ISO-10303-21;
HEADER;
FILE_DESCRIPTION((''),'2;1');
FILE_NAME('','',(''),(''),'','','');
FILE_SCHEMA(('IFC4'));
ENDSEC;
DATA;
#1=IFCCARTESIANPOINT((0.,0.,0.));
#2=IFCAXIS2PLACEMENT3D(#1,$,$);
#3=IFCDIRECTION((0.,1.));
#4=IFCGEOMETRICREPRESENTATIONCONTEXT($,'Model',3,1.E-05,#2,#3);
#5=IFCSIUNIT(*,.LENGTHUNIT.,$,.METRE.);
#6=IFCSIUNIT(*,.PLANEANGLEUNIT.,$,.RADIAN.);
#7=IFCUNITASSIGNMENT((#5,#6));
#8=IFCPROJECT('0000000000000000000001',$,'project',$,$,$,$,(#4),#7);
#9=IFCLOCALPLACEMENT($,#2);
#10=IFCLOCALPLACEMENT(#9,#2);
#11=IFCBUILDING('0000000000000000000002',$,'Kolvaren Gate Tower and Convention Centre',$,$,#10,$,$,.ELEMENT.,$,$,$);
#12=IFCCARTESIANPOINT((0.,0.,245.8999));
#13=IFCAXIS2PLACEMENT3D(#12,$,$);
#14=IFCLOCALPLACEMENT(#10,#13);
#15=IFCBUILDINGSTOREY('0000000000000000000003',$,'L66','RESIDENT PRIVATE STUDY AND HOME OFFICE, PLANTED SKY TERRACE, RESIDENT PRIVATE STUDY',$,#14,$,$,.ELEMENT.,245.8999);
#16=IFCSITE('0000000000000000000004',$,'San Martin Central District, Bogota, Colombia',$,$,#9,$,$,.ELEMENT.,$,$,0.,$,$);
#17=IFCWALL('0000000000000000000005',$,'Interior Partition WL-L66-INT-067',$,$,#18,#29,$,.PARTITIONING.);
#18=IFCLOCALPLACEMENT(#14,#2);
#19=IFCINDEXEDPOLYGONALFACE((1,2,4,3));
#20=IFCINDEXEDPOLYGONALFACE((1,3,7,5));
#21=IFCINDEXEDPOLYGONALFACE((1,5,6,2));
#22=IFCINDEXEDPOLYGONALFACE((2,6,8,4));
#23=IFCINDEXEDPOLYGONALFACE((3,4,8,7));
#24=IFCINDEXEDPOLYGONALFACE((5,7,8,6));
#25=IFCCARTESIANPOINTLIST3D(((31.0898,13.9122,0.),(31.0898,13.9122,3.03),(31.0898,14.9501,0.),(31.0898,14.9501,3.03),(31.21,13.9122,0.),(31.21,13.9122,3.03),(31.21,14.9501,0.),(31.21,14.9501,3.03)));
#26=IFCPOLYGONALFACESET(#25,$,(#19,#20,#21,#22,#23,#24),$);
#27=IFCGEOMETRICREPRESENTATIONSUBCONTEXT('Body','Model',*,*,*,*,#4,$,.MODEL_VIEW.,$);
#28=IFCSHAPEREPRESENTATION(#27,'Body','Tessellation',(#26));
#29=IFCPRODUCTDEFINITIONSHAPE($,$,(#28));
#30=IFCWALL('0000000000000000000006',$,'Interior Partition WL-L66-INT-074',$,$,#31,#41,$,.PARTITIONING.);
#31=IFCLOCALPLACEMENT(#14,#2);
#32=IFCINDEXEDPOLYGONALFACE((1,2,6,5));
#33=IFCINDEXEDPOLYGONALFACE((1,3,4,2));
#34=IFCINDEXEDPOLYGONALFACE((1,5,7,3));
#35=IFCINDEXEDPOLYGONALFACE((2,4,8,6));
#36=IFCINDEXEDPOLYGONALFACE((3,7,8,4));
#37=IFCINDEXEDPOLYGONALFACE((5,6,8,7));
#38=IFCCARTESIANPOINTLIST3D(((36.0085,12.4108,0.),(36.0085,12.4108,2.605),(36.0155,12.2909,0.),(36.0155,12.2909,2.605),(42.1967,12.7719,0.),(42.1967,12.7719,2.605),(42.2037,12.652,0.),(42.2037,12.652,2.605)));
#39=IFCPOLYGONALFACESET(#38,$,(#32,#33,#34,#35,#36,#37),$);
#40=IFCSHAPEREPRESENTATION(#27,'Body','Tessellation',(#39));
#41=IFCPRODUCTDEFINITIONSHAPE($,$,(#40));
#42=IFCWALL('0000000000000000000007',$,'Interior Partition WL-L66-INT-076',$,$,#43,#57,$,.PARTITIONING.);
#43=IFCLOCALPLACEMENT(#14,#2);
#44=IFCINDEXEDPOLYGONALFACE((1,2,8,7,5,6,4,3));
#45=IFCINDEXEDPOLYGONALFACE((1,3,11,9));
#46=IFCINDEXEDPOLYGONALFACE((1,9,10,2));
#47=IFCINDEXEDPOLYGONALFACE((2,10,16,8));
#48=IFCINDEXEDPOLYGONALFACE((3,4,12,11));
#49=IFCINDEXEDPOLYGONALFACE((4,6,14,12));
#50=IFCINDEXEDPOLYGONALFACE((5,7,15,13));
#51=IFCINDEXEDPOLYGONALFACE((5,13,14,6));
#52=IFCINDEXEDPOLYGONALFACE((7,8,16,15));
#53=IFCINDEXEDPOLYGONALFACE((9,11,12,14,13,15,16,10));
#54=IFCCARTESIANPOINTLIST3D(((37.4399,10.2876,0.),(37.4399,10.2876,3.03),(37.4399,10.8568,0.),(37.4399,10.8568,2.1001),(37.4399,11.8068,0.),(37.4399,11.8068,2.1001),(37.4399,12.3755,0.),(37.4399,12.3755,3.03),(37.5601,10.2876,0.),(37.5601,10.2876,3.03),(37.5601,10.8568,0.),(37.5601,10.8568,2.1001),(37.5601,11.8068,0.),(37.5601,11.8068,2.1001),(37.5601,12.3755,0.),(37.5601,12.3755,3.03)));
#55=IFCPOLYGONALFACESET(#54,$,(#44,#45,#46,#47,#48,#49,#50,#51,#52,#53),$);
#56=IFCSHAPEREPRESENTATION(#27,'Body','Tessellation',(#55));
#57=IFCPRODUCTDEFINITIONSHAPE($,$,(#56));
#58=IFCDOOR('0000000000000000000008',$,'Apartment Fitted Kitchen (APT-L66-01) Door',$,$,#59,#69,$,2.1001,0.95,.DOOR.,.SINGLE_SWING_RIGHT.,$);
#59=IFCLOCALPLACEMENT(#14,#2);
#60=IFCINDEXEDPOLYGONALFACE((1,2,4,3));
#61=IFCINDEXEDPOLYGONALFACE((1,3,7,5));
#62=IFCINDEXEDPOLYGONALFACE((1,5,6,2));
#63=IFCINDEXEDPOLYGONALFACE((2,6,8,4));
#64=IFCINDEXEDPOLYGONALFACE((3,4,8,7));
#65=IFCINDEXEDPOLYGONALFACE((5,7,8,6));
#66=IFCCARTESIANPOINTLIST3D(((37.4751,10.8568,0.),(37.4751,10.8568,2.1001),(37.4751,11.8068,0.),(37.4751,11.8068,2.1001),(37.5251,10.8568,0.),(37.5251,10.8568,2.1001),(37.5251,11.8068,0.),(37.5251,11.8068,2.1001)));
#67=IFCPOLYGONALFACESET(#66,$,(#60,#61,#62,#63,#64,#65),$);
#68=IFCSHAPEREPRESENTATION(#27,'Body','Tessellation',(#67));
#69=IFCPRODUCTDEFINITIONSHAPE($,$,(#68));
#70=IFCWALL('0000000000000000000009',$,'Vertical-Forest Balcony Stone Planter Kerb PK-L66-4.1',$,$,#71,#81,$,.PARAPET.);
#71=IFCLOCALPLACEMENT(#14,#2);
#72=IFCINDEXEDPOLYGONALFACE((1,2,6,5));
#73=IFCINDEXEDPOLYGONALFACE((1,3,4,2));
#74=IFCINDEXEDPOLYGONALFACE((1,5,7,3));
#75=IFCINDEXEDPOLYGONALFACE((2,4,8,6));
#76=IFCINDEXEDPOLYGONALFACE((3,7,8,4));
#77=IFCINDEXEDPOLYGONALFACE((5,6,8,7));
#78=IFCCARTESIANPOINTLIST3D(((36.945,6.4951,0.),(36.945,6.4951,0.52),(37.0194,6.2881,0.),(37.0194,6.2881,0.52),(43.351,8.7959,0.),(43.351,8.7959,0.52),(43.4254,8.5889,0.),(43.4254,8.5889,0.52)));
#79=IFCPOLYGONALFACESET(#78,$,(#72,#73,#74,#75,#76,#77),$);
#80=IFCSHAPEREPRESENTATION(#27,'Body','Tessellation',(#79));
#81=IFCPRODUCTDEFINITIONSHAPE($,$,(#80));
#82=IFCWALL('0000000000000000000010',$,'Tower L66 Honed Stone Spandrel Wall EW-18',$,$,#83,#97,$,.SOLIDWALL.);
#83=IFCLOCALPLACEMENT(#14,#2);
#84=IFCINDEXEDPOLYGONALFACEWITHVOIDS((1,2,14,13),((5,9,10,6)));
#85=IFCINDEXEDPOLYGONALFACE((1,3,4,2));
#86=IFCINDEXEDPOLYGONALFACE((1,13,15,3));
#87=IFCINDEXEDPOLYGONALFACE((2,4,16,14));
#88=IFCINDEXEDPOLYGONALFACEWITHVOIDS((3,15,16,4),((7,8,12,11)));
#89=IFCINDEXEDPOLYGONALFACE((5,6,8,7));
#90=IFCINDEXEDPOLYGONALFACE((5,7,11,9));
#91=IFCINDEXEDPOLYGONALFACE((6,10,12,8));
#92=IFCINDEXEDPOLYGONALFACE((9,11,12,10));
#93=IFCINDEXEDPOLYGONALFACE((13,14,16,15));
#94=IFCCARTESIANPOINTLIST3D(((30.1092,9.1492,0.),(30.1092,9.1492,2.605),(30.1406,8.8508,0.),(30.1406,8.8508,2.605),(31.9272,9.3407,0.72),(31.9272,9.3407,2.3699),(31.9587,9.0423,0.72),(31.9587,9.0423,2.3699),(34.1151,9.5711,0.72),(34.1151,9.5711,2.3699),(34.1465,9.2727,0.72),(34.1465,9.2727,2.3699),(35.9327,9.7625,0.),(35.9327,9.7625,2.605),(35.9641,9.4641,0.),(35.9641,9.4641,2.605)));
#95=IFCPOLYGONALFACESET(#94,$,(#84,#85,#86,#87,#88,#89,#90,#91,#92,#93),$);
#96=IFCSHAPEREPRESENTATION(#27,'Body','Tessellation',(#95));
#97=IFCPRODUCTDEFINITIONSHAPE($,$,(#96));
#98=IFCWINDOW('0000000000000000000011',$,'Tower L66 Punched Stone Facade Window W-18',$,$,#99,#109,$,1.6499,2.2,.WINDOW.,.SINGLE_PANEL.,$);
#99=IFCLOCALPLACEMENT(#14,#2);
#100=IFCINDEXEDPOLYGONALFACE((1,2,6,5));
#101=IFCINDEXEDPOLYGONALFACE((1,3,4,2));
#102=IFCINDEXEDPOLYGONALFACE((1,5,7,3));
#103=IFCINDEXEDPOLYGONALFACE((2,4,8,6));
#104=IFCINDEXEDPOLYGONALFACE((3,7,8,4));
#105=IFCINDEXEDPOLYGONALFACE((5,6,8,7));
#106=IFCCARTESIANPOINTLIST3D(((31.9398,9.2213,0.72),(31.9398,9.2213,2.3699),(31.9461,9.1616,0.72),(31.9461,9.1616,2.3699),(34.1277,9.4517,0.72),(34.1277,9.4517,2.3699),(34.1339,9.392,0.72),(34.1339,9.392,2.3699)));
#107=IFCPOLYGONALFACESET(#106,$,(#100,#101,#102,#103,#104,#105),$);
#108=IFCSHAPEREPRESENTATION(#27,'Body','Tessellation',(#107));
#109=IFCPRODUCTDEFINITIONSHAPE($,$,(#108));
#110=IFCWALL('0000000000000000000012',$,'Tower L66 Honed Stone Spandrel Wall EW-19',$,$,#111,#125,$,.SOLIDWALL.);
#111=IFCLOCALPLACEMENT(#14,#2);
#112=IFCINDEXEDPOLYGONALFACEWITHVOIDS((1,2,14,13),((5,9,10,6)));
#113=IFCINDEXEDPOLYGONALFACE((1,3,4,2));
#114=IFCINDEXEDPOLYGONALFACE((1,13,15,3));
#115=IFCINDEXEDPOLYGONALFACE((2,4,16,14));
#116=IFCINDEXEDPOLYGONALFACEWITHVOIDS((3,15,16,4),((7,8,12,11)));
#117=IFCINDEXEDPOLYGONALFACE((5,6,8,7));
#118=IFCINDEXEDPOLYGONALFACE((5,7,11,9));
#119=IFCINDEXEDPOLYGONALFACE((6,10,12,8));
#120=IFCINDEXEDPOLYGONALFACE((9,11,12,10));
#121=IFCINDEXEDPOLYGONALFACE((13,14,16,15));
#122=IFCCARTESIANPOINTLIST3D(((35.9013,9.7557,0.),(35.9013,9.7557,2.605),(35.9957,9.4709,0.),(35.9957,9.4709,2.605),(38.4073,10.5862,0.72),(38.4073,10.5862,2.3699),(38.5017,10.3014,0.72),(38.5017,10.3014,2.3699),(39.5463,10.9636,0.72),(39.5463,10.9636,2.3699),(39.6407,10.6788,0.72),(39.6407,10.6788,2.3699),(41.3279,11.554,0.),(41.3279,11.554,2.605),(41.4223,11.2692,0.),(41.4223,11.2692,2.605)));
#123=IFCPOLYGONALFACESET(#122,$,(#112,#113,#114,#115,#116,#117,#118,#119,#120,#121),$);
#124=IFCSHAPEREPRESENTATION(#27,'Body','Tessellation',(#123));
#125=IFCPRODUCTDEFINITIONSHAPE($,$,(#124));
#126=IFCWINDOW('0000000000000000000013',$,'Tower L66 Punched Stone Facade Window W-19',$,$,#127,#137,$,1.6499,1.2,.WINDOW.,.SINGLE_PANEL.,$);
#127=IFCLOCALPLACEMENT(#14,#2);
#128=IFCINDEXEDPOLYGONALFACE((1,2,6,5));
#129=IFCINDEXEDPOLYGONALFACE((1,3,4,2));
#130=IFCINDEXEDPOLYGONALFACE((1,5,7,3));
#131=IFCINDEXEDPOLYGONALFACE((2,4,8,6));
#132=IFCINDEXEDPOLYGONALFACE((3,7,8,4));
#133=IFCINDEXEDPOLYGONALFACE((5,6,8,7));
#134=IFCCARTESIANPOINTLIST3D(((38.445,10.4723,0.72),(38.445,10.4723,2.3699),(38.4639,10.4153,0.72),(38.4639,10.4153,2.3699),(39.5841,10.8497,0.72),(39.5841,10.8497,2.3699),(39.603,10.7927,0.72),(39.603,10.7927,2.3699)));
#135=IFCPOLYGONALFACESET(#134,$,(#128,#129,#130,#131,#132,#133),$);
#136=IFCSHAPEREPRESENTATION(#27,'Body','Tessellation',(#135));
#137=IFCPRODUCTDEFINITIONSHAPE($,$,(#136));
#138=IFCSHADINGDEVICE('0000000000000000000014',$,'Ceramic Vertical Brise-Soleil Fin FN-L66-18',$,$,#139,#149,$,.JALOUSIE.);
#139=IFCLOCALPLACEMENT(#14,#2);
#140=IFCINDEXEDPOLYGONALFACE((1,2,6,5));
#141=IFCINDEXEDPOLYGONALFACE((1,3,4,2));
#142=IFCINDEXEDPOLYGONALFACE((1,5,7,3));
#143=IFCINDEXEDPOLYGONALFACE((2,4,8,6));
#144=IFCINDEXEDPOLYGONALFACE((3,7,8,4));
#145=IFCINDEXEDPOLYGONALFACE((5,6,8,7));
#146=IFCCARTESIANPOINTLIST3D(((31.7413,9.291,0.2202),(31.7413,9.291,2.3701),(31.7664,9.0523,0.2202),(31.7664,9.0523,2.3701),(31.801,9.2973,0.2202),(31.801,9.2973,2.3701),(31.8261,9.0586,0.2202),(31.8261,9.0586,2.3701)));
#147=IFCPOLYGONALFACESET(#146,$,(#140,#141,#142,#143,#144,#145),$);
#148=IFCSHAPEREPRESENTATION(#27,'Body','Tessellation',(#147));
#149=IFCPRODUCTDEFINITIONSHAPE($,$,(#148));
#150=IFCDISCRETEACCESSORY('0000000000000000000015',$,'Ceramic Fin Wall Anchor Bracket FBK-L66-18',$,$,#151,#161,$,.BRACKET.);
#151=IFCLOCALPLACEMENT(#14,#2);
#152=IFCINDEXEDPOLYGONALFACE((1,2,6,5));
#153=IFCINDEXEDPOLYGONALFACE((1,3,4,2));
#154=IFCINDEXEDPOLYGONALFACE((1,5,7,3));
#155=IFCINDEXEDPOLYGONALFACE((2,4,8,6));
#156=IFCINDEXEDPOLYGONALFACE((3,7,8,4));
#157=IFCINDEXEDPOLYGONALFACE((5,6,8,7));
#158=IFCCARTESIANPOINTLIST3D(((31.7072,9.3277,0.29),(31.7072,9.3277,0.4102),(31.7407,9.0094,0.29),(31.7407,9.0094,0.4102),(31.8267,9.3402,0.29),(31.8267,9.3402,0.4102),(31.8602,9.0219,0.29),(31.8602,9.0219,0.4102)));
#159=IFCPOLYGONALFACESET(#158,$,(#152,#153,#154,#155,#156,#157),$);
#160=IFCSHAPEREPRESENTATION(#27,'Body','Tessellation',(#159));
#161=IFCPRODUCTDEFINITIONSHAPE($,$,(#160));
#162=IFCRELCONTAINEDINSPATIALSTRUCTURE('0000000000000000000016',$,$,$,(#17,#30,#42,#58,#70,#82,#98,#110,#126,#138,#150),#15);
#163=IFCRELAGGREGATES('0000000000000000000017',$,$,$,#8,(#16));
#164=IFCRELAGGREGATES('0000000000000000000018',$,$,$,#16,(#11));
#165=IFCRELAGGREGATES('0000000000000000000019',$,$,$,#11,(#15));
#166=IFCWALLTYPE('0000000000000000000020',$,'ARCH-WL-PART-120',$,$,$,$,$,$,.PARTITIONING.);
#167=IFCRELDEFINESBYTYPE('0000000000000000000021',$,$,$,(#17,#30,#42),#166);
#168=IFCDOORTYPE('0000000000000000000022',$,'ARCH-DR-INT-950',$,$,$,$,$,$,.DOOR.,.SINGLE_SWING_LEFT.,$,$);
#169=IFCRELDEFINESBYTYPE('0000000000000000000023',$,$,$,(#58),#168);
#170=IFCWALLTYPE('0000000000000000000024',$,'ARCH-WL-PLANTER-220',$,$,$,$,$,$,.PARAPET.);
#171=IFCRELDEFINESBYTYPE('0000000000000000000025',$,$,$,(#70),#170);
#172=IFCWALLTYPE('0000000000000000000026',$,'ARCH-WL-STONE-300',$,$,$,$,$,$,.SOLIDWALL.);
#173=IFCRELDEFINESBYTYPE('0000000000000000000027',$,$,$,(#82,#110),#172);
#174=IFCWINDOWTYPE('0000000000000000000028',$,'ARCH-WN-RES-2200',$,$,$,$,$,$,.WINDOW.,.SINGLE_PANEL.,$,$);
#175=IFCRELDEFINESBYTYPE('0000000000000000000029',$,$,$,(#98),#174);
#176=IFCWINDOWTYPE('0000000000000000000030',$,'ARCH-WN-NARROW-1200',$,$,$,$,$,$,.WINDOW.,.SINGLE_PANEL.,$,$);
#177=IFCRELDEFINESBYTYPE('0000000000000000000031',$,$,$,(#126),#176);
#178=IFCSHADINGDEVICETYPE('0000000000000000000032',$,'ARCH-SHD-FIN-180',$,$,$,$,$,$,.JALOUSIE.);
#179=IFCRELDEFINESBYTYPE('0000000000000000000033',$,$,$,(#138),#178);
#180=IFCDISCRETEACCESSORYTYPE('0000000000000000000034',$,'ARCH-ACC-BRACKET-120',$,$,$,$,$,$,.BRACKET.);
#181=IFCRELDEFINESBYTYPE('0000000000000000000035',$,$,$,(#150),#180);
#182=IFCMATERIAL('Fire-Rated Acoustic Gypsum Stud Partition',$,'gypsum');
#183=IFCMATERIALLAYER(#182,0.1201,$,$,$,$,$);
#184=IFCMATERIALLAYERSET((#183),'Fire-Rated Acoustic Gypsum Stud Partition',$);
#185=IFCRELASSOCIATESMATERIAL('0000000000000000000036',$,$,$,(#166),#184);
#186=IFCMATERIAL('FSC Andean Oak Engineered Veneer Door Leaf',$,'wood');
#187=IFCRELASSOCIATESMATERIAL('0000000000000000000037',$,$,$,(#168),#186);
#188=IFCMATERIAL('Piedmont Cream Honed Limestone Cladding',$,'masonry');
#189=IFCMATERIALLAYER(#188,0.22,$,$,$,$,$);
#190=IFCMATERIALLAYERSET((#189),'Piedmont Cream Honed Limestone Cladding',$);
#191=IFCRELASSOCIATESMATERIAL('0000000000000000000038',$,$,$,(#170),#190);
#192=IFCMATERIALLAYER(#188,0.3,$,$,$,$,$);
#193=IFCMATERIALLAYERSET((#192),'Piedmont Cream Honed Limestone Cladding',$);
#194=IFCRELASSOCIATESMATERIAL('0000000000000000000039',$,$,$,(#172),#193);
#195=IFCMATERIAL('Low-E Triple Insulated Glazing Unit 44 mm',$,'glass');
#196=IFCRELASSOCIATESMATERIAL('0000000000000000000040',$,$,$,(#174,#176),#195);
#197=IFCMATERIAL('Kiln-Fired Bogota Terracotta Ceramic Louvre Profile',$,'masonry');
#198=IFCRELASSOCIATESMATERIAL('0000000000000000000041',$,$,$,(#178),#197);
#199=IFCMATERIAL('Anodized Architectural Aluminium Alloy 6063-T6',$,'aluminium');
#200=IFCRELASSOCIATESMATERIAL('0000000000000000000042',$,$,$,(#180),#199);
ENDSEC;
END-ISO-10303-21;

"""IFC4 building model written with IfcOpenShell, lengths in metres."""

from ifc_helpers import new_model, si_unit, direction, frame, frame_2d, origin, origin_2d, place, context, subcontext, project, spatial, rectangle, extrude, material, layer, layer_set, type_object, element, fill, save


model = new_model("IFC4")

# Units and contexts
model_context = context("Model", 3, precision=1e-05, world=origin(), true_north=direction((0.0, 1.0)))
body_context = subcontext(model_context, "Body", "Model", "MODEL_VIEW")
ifc_project = project(units=[si_unit("LENGTHUNIT", "METRE"), si_unit("PLANEANGLEUNIT", "RADIAN")], contexts=[model_context])

# Site, building, storey
site_placement = place(None, origin())
site = spatial("IfcSite", under=ifc_project, at=site_placement, Name="San Martin Central District, Bogota, Colombia", CompositionType="ELEMENT", RefElevation=0.0)
building_placement = place(site_placement, origin())
building = spatial("IfcBuilding", under=site, at=building_placement, Name="Kolvaren Gate Tower and Convention Centre", CompositionType="ELEMENT")
storey_placement = place(building_placement, frame((0.0, 0.0, 245.8999)))
storey = spatial("IfcBuildingStorey", under=building, at=storey_placement, Name="L66", Description="RESIDENT PRIVATE STUDY AND HOME OFFICE, PLANTED SKY TERRACE, RESIDENT PRIVATE STUDY", CompositionType="ELEMENT", Elevation=245.8999)

# Walls
ifc_material_1 = material(Name="Fire-Rated Acoustic Gypsum Stud Partition", Category="gypsum")
ifc_layer_1 = layer(ifc_material_1, 0.1201)
ifc_layer_set_1 = layer_set([ifc_layer_1], Name="Fire-Rated Acoustic Gypsum Stud Partition")
wall_type_1 = type_object("IfcWallType", Name="ARCH-WL-PART-120", PredefinedType="PARTITIONING", material=ifc_layer_set_1)
wall_1_placement = place(storey_placement, frame((31.1499, 13.9121, 0.0), z_axis=(0.0, 0.0, 1.0), x_axis=(0.0, 1.0, 0.0)))
element("IfcWall", 1, at=wall_1_placement, inside=storey, type_object=wall_type_1, Name="Interior Partition WL-L66-INT-067", PredefinedType="PARTITIONING", context=body_context, shape_type="SweptSolid", body=[
    extrude(rectangle(XDim=1.0378, YDim=0.1201, at=frame_2d((0.519, 0.0))), origin(), (0.0, 0.0, 1.0), 3.03),
])
wall_2_placement = place(storey_placement, frame((36.012, 12.3508, 0.0), z_axis=(0.0, 0.0, 1.0), x_axis=(0.998302, 0.058251, 0.0)))
element("IfcWall", 2, at=wall_2_placement, inside=storey, type_object=wall_type_1, Name="Interior Partition WL-L66-INT-074", PredefinedType="PARTITIONING", context=body_context, shape_type="SweptSolid", body=[
    extrude(rectangle(XDim=6.1987, YDim=0.1201, at=frame_2d((3.0994, 0.0))), origin(), (0.0, 0.0, 1.0), 2.605),
])

# Wall, opening, door
wall_3_placement = place(storey_placement, frame((37.5, 10.2876, 0.0), z_axis=(0.0, 0.0, 1.0), x_axis=(0.0, 1.0, 0.0)))
wall_3 = element("IfcWall", 3, at=wall_3_placement, inside=storey, type_object=wall_type_1, Name="Interior Partition WL-L66-INT-076", PredefinedType="PARTITIONING", context=body_context, shape_type="SweptSolid", body=[
    extrude(rectangle(XDim=2.0879, YDim=0.1201, at=frame_2d((1.0439, 0.0))), origin(), (0.0, 0.0, 1.0), 3.03),
])
opening_1_placement = place(wall_3_placement, frame((0.5691, 0.0, 0.0)))
opening_1 = element("IfcOpeningElement", 4, at=opening_1_placement, cuts=wall_3, PredefinedType="OPENING", context=body_context, shape_type="SweptSolid", body=[
    extrude(rectangle(XDim=0.95, YDim=2.1001, at=frame_2d((0.4751, 1.05))), frame((0.0, 0.0701, 0.0), z_axis=(0.0, -1.0, 0.0), x_axis=(1.0, 0.0, 0.0)), (0.0, 0.0, 1.0), 0.1401),
])
ifc_material_2 = material(Name="FSC Andean Oak Engineered Veneer Door Leaf", Category="wood")
door_type = type_object("IfcDoorType", Name="ARCH-DR-INT-950", OperationType="SINGLE_SWING_LEFT", PredefinedType="DOOR", material=ifc_material_2)
door_placement = place(opening_1_placement, origin())
door = element("IfcDoor", 5, at=door_placement, inside=storey, type_object=door_type, Name="Apartment Fitted Kitchen (APT-L66-01) Door", OperationType="SINGLE_SWING_RIGHT", OverallHeight=2.1001, OverallWidth=0.95, PredefinedType="DOOR", context=body_context, shape_type="SweptSolid", body=[
    extrude(rectangle(XDim=0.95, YDim=2.1001, at=frame_2d((0.4751, 1.05))), frame((0.0, 0.0249, 0.0), z_axis=(0.0, -1.0, 0.0), x_axis=(1.0, 0.0, 0.0)), (0.0, 0.0, 1.0), 0.05),
])
fill(opening_1, door)

# Wall
ifc_material_3 = material(Name="Piedmont Cream Honed Limestone Cladding", Category="masonry")
ifc_layer_2 = layer(ifc_material_3, 0.22)
ifc_layer_set_2 = layer_set([ifc_layer_2], Name="Piedmont Cream Honed Limestone Cladding")
wall_type_2 = type_object("IfcWallType", Name="ARCH-WL-PLANTER-220", PredefinedType="PARAPET", material=ifc_layer_set_2)
wall_4_placement = place(storey_placement, frame((36.9822, 6.3916, 0.0), z_axis=(0.0, 0.0, 1.0), x_axis=(0.941139, 0.33802, 0.0)))
element("IfcWall", 6, at=wall_4_placement, inside=storey, type_object=wall_type_2, Name="Vertical-Forest Balcony Stone Planter Kerb PK-L66-4.1", PredefinedType="PARAPET", context=body_context, shape_type="SweptSolid", body=[
    extrude(rectangle(XDim=6.8066, YDim=0.22, at=frame_2d((3.4033, 0.0))), origin(), (0.0, 0.0, 1.0), 0.52),
])

# Walls, openings, windows
ifc_layer_3 = layer(ifc_material_3, 0.3)
ifc_layer_set_3 = layer_set([ifc_layer_3], Name="Piedmont Cream Honed Limestone Cladding")
wall_type_3 = type_object("IfcWallType", Name="ARCH-WL-STONE-300", PredefinedType="SOLIDWALL", material=ifc_layer_set_3)
wall_5_placement = place(storey_placement, frame((30.125, 9.0, 0.0), z_axis=(0.0, 0.0, 1.0), x_axis=(0.9945, 0.104733, 0.0)))
wall_5 = element("IfcWall", 7, at=wall_5_placement, inside=storey, type_object=wall_type_3, Name="Tower L66 Honed Stone Spandrel Wall EW-18", PredefinedType="SOLIDWALL", context=body_context, shape_type="SweptSolid", body=[
    extrude(rectangle(XDim=5.8557, YDim=0.3, at=frame_2d((2.9277, 0.0))), origin(), (0.0, 0.0, 1.0), 2.605),
])
opening_2_placement = place(wall_5_placement, frame((1.8279, 0.0, 0.72)))
opening_2 = element("IfcOpeningElement", 8, at=opening_2_placement, cuts=wall_5, PredefinedType="OPENING", context=body_context, shape_type="SweptSolid", body=[
    extrude(rectangle(XDim=2.2, YDim=1.6499, at=frame_2d((1.1001, 0.825))), frame((0.0, 0.1599, 0.0), z_axis=(0.0, -1.0, 0.0), x_axis=(1.0, 0.0, 0.0)), (0.0, 0.0, 1.0), 0.3201),
])
ifc_material_4 = material(Name="Low-E Triple Insulated Glazing Unit 44 mm", Category="glass")
window_type_1 = type_object("IfcWindowType", Name="ARCH-WN-RES-2200", PartitioningType="SINGLE_PANEL", PredefinedType="WINDOW", material=ifc_material_4)
window_1_placement = place(opening_2_placement, origin())
window_1 = element("IfcWindow", 9, at=window_1_placement, inside=storey, type_object=window_type_1, Name="Tower L66 Punched Stone Facade Window W-18", OverallHeight=1.6499, OverallWidth=2.2, PartitioningType="SINGLE_PANEL", PredefinedType="WINDOW", context=body_context, shape_type="SweptSolid", body=[
    extrude(rectangle(XDim=2.2, YDim=1.6499, at=frame_2d((1.1001, 0.825))), frame((0.0, 0.03, 0.0), z_axis=(0.0, -1.0, 0.0), x_axis=(1.0, 0.0, 0.0)), (0.0, 0.0, 1.0), 0.0601),
])
fill(opening_2, window_1)
wall_6_placement = place(storey_placement, frame((35.9485, 9.6133, 0.0), z_axis=(0.0, 0.0, 1.0), x_axis=(0.949233, 0.314575, 0.0)))
wall_6 = element("IfcWall", 10, at=wall_6_placement, inside=storey, type_object=wall_type_3, Name="Tower L66 Honed Stone Spandrel Wall EW-19", PredefinedType="SOLIDWALL", context=body_context, shape_type="SweptSolid", body=[
    extrude(rectangle(XDim=5.7168, YDim=0.3, at=frame_2d((2.8584, 0.0))), origin(), (0.0, 0.0, 1.0), 2.605),
])
opening_3_placement = place(wall_6_placement, frame((2.6399, 0.0, 0.72)))
opening_3 = element("IfcOpeningElement", 11, at=opening_3_placement, cuts=wall_6, PredefinedType="OPENING", context=body_context, shape_type="SweptSolid", body=[
    extrude(rectangle(XDim=1.2, YDim=1.6499, at=frame_2d((0.6001, 0.825))), frame((0.0, 0.1599, 0.0), z_axis=(0.0, -1.0, 0.0), x_axis=(1.0, 0.0, 0.0)), (0.0, 0.0, 1.0), 0.3201),
])
window_type_2 = type_object("IfcWindowType", Name="ARCH-WN-NARROW-1200", PartitioningType="SINGLE_PANEL", PredefinedType="WINDOW", material=ifc_material_4)
window_2_placement = place(opening_3_placement, origin())
window_2 = element("IfcWindow", 12, at=window_2_placement, inside=storey, type_object=window_type_2, Name="Tower L66 Punched Stone Facade Window W-19", OverallHeight=1.6499, OverallWidth=1.2, PartitioningType="SINGLE_PANEL", PredefinedType="WINDOW", context=body_context, shape_type="SweptSolid", body=[
    extrude(rectangle(XDim=1.2, YDim=1.6499, at=frame_2d((0.6001, 0.825))), frame((0.0, 0.03, 0.0), z_axis=(0.0, -1.0, 0.0), x_axis=(1.0, 0.0, 0.0)), (0.0, 0.0, 1.0), 0.0601),
])
fill(opening_3, window_2)

# Shading device
ifc_material_5 = material(Name="Kiln-Fired Bogota Terracotta Ceramic Louvre Profile", Category="masonry")
shading_device_type = type_object("IfcShadingDeviceType", Name="ARCH-SHD-FIN-180", PredefinedType="JALOUSIE", material=ifc_material_5)
shading_device_placement = place(storey_placement, frame((31.7837, 9.1748, 0.2202), z_axis=(0.0, 0.0, 1.0), x_axis=(0.9945, 0.104737, 0.0)))
element("IfcShadingDevice", 13, at=shading_device_placement, inside=storey, type_object=shading_device_type, Name="Ceramic Vertical Brise-Soleil Fin FN-L66-18", PredefinedType="JALOUSIE", context=body_context, shape_type="SweptSolid", body=[
    extrude(rectangle(XDim=0.0601, YDim=0.24, at=origin_2d()), origin(), (0.0, 0.0, 1.0), 2.1499),
])

# Discrete accessory
ifc_material_6 = material(Name="Anodized Architectural Aluminium Alloy 6063-T6", Category="aluminium")
discrete_accessory_type = type_object("IfcDiscreteAccessoryType", Name="ARCH-ACC-BRACKET-120", PredefinedType="BRACKET", material=ifc_material_6)
discrete_accessory_placement = place(storey_placement, frame((31.7837, 9.1748, 0.29), z_axis=(0.0, 0.0, 1.0), x_axis=(0.9945, 0.104737, 0.0)))
element("IfcDiscreteAccessory", 14, at=discrete_accessory_placement, inside=storey, type_object=discrete_accessory_type, Name="Ceramic Fin Wall Anchor Bracket FBK-L66-18", PredefinedType="BRACKET", context=body_context, shape_type="SweptSolid", body=[
    extrude(rectangle(XDim=0.1201, YDim=0.3201, at=origin_2d()), origin(), (0.0, 0.0, 1.0), 0.1201),
])

save(model, "model.ifc")
